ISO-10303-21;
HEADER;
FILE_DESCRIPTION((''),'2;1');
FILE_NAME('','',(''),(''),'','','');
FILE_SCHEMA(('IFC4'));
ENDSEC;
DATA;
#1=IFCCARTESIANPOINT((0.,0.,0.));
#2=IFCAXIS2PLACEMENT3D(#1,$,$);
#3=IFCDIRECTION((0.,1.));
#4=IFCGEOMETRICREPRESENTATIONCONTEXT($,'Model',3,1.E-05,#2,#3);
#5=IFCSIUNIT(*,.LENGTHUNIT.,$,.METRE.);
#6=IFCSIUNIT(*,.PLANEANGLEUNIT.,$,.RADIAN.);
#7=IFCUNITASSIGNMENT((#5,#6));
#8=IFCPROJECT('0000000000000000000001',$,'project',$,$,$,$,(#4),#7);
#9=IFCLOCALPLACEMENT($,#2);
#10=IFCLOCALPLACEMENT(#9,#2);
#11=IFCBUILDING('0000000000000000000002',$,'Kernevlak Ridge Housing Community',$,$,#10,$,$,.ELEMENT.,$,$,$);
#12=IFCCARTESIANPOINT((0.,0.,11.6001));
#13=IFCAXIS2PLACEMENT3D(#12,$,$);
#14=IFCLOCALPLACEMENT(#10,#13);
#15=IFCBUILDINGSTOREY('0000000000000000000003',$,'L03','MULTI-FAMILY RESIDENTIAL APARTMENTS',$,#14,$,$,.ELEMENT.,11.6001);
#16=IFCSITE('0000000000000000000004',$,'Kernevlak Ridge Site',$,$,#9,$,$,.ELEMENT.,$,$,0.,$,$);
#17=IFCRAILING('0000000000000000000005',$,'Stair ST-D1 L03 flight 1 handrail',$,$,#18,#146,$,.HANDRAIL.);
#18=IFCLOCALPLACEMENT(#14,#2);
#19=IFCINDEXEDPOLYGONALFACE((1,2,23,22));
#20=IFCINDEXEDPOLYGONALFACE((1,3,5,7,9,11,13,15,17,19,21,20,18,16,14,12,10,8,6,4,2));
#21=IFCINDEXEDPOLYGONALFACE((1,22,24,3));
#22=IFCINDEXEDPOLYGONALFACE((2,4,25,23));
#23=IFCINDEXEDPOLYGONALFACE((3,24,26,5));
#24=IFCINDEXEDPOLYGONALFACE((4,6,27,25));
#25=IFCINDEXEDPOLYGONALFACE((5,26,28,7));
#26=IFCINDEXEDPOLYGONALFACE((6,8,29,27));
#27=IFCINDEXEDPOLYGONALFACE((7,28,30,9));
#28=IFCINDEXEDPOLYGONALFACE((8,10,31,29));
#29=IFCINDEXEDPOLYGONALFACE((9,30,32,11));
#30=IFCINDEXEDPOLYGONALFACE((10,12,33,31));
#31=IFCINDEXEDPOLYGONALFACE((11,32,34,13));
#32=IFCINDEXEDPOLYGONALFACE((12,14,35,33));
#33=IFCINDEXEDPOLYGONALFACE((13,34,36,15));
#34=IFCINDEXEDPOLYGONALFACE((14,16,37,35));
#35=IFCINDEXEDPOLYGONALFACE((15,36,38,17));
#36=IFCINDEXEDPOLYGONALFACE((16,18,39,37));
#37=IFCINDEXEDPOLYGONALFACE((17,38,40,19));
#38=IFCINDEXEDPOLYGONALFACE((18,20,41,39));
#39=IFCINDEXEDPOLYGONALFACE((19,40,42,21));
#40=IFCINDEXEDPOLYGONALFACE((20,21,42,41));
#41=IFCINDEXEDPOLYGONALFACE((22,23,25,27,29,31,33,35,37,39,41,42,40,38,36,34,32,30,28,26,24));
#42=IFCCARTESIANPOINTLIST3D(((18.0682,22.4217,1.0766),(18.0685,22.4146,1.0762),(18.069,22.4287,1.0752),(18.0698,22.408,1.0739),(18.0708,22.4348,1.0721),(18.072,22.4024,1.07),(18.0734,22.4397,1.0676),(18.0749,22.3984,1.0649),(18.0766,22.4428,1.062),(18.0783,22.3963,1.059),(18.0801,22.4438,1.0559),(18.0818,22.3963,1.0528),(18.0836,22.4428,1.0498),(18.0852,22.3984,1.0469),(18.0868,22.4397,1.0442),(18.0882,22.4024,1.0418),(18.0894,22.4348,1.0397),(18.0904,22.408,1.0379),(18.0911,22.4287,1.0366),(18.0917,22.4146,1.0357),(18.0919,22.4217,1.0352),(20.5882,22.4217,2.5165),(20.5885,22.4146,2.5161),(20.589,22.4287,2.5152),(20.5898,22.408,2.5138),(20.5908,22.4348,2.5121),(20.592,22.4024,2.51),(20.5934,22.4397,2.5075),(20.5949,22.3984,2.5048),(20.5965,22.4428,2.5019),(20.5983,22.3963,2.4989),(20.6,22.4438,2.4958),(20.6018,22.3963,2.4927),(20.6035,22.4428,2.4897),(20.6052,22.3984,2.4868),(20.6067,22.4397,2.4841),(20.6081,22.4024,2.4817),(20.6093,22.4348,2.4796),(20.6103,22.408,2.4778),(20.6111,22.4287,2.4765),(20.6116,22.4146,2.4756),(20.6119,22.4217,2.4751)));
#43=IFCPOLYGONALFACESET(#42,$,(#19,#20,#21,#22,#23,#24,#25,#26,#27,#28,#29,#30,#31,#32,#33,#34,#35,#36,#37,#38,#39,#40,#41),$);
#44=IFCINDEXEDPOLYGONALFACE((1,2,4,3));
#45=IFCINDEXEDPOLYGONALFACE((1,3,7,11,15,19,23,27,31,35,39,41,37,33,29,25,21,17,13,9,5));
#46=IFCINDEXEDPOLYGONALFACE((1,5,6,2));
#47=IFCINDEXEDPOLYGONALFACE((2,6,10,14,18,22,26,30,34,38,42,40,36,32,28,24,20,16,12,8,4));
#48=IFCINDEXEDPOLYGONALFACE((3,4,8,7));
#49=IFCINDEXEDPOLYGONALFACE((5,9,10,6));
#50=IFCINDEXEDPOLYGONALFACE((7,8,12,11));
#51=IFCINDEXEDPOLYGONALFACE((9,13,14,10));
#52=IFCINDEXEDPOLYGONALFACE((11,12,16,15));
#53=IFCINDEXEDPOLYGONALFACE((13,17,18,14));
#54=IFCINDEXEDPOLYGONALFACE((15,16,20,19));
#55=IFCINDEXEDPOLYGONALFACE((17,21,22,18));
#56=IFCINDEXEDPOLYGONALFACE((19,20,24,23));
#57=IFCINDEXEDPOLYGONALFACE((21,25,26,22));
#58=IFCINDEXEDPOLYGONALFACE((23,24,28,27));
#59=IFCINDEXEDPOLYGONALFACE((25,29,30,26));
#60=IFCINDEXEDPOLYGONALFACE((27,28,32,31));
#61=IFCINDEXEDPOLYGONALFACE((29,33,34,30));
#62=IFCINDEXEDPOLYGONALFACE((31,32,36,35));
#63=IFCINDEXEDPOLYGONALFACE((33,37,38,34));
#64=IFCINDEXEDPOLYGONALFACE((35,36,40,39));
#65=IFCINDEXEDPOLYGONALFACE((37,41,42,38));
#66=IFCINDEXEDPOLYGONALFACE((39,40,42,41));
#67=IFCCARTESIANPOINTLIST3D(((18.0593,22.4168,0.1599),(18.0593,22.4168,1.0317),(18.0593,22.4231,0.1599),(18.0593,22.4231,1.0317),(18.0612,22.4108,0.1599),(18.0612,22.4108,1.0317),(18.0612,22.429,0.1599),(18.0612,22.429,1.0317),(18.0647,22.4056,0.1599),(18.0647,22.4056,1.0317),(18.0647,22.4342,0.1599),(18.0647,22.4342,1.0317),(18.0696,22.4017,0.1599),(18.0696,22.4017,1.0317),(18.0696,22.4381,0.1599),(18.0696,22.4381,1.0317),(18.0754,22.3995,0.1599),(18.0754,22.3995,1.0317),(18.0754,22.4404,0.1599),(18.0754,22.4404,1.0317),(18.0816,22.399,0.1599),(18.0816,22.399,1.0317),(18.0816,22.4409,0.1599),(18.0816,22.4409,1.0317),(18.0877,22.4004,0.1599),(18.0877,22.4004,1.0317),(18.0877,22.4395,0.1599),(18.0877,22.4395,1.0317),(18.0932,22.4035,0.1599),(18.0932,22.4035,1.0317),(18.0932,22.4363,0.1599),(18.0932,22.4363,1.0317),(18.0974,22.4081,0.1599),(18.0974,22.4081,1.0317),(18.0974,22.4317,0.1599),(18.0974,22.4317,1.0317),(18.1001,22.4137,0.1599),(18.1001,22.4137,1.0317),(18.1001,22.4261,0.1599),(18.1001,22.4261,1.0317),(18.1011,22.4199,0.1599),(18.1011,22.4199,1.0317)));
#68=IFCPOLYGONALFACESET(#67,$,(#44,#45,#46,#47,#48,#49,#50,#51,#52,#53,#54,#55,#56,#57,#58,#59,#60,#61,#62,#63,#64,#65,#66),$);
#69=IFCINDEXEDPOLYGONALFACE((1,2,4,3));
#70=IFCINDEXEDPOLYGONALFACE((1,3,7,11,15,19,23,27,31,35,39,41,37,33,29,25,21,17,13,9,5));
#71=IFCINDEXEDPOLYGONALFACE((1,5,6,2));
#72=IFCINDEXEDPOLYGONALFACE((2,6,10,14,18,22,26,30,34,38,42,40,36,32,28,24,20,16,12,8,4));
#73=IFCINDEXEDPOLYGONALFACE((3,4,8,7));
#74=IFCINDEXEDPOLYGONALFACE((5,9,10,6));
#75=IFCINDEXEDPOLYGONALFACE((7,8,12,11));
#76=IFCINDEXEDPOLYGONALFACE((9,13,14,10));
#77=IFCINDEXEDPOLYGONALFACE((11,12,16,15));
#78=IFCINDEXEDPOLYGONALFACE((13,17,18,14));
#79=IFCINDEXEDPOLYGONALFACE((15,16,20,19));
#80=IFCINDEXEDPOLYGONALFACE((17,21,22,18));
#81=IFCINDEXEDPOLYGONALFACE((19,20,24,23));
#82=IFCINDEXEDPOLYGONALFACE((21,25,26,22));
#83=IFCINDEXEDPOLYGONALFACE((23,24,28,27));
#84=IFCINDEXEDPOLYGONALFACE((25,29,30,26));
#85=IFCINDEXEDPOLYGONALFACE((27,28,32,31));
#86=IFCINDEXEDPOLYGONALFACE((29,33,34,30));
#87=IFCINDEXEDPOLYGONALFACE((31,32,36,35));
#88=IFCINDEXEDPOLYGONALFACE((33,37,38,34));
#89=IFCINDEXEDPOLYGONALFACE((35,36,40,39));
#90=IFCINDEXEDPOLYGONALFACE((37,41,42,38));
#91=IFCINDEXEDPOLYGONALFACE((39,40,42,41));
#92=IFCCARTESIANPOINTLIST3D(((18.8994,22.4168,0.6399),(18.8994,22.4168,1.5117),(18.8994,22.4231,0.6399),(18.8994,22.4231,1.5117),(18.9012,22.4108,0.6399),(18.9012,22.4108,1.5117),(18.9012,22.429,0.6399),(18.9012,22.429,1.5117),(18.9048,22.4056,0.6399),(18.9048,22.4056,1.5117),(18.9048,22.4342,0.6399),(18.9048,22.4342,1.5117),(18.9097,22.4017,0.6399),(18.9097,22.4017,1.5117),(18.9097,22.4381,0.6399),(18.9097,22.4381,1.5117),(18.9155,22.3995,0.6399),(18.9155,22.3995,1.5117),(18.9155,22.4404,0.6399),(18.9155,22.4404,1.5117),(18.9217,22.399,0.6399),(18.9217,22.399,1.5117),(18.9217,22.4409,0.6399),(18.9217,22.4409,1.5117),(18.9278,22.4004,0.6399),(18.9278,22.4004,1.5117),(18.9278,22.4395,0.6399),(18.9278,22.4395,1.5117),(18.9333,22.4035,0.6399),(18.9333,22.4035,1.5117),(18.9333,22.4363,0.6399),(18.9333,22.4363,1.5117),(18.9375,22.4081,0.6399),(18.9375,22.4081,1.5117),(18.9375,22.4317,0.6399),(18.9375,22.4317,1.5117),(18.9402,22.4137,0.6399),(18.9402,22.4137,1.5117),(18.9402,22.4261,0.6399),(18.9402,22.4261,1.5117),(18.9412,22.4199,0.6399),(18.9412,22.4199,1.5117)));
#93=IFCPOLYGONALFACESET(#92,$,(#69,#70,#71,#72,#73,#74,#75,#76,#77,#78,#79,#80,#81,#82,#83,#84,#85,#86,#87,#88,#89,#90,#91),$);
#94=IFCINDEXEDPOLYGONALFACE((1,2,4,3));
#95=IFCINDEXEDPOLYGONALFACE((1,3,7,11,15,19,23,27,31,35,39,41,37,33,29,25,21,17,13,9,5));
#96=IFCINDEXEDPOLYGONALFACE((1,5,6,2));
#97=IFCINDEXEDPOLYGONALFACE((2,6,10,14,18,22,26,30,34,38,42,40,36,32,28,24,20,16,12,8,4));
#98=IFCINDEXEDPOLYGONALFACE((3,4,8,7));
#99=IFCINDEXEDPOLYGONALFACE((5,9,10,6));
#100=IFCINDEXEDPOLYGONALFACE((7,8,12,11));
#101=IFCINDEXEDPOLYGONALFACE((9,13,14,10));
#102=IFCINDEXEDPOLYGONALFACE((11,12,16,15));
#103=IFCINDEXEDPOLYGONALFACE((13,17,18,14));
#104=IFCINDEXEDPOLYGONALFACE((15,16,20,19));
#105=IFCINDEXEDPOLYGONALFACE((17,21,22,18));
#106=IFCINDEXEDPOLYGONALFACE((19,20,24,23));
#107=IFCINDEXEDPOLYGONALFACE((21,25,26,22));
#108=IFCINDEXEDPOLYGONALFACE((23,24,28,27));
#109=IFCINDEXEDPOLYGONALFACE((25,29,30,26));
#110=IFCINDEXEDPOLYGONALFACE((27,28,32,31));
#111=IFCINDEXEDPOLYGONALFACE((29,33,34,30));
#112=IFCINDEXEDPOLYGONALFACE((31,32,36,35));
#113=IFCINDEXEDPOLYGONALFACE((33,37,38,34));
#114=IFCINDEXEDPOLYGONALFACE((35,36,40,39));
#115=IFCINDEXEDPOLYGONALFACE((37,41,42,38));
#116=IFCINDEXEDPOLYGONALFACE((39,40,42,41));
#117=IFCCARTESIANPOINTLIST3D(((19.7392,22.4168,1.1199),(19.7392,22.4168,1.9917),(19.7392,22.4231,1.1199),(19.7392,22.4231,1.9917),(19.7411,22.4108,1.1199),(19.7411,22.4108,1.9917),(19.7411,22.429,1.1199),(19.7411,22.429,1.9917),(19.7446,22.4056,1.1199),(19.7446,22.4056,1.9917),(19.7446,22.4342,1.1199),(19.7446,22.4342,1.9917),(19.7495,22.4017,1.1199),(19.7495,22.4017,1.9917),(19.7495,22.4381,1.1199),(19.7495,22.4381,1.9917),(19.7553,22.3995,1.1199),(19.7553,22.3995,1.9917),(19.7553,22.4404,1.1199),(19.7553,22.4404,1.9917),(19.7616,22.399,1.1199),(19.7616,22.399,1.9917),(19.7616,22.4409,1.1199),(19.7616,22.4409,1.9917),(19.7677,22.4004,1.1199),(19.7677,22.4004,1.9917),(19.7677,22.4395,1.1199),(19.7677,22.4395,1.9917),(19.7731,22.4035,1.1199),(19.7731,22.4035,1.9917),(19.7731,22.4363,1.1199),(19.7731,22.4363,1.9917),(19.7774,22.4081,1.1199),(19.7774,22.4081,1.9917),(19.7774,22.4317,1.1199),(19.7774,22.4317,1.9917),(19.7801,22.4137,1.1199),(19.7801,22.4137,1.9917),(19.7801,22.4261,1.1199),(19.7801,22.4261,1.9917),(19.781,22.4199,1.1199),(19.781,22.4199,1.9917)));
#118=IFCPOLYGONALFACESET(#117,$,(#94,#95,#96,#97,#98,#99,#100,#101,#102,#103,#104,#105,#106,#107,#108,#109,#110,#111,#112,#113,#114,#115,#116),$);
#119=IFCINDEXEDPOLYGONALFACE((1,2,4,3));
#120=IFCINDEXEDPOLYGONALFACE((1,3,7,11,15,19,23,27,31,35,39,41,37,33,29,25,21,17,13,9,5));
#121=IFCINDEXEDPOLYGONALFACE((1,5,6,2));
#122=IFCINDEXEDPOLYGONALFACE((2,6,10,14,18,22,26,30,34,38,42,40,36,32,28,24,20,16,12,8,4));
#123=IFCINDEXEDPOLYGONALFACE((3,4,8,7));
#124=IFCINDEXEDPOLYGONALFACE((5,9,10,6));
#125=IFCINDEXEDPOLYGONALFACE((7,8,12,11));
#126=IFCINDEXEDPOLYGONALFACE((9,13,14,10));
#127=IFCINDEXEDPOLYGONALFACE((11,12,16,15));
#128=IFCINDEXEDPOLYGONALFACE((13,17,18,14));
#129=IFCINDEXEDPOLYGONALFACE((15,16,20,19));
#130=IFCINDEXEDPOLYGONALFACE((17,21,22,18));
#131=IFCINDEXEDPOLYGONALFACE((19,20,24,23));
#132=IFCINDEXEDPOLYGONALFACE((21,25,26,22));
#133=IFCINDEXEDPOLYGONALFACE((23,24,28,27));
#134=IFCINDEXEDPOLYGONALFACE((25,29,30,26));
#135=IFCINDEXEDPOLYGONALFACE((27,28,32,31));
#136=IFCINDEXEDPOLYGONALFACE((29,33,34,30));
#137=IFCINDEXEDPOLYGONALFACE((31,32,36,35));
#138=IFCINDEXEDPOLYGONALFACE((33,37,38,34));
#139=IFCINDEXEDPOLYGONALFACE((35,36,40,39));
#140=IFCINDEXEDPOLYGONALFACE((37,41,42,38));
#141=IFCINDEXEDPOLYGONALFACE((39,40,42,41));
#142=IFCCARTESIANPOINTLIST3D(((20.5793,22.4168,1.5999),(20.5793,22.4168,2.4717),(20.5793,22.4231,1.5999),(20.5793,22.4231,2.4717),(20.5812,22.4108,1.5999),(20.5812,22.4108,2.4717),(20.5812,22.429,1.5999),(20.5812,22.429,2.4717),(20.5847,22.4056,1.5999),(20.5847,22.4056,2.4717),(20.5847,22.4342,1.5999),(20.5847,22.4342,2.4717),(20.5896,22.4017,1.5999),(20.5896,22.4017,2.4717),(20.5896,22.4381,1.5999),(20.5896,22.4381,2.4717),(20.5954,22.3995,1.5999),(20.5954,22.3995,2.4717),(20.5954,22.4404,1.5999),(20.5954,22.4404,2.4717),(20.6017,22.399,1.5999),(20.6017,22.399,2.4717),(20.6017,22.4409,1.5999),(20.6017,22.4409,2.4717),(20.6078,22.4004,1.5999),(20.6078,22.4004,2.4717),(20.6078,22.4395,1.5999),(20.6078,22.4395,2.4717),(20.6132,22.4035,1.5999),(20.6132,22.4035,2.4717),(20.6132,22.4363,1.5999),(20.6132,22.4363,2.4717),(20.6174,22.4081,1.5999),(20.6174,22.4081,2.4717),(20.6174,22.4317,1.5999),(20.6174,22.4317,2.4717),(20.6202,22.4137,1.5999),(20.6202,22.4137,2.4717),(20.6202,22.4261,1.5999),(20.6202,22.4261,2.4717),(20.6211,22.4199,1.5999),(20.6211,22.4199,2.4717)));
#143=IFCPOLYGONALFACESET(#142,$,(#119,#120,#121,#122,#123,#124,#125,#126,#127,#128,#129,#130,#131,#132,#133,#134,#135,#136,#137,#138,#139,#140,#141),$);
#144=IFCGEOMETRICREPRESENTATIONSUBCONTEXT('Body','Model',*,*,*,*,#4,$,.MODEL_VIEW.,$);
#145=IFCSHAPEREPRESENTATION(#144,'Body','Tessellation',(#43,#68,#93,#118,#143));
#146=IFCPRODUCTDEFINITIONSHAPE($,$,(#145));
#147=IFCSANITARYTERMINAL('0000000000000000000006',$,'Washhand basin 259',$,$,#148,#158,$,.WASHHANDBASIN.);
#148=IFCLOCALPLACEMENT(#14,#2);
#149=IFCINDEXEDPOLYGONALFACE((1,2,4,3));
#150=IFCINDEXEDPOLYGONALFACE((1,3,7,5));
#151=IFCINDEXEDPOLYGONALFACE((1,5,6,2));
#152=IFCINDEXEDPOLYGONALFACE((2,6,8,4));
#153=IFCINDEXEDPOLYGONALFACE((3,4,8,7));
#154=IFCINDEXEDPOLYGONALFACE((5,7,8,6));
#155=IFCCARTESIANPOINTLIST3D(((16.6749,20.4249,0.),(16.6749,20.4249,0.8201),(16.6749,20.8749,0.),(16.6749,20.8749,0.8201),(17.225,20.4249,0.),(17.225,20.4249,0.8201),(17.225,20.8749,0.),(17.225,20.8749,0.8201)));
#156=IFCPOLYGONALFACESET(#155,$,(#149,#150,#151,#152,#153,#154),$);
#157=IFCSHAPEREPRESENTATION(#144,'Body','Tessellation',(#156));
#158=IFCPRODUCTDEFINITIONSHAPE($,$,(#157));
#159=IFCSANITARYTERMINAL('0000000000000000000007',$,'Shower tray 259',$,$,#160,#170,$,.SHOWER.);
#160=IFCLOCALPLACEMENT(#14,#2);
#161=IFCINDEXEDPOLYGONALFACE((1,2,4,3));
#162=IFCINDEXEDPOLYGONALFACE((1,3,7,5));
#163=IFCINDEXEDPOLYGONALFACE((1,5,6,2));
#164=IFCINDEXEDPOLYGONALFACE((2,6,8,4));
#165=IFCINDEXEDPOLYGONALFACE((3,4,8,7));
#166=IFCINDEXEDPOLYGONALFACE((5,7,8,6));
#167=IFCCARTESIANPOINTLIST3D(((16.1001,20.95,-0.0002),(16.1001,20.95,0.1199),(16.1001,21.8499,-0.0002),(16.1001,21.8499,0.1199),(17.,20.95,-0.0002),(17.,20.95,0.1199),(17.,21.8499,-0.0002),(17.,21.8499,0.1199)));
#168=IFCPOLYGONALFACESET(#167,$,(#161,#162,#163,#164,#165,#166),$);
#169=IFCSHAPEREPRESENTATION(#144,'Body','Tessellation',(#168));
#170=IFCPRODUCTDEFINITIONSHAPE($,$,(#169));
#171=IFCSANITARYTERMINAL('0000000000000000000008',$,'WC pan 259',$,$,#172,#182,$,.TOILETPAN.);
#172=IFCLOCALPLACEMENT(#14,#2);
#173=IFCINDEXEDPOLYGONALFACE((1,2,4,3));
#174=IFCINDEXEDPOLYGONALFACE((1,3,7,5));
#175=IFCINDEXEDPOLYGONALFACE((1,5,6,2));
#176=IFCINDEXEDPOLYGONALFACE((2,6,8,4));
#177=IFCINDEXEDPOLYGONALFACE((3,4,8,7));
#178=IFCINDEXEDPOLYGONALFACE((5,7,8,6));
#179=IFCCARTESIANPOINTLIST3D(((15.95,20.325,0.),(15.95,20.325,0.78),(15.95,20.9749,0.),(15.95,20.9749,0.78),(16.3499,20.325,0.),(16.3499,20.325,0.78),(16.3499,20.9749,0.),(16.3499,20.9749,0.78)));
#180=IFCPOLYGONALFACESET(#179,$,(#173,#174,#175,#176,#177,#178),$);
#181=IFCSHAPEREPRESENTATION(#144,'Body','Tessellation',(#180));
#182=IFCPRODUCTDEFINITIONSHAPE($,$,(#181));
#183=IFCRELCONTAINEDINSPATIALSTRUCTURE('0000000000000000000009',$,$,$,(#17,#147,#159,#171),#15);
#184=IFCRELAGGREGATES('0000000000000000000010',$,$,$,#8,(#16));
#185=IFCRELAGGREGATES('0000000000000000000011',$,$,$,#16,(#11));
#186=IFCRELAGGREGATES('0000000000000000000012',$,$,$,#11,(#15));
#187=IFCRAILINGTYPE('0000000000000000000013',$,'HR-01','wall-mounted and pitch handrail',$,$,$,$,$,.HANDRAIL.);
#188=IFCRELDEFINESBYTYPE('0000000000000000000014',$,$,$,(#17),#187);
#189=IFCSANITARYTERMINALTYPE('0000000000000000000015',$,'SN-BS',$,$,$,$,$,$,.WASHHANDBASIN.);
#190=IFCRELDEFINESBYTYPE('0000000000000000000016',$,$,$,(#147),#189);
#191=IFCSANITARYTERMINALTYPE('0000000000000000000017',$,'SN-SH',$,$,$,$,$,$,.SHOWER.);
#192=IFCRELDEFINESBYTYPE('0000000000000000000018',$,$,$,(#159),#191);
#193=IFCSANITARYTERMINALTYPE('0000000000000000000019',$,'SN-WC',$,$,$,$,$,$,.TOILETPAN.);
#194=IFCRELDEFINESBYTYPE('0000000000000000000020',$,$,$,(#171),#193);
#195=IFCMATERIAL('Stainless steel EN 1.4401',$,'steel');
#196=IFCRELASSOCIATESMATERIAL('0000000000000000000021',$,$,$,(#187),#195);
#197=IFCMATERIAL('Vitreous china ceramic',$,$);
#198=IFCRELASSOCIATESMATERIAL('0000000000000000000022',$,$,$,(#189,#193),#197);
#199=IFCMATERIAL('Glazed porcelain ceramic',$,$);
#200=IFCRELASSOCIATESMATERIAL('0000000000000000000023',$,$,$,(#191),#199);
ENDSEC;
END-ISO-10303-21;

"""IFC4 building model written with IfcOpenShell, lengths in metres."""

from ifc_helpers import new_model, si_unit, direction, frame, origin, origin_2d, place, context, subcontext, project, spatial, rectangle, circle, extrude, material, type_object, element, save


model = new_model("IFC4")

# Units and contexts
model_context = context("Model", 3, precision=1e-05, world=origin(), true_north=direction((0.0, 1.0)))
body_context = subcontext(model_context, "Body", "Model", "MODEL_VIEW")
ifc_project = project(units=[si_unit("LENGTHUNIT", "METRE"), si_unit("PLANEANGLEUNIT", "RADIAN")], contexts=[model_context])

# Site, building, storey
site_placement = place(None, origin())
site = spatial("IfcSite", under=ifc_project, at=site_placement, Name="Kernevlak Ridge Site", CompositionType="ELEMENT", RefElevation=0.0)
building_placement = place(site_placement, origin())
building = spatial("IfcBuilding", under=site, at=building_placement, Name="Kernevlak Ridge Housing Community", CompositionType="ELEMENT")
storey_placement = place(building_placement, frame((0.0, 0.0, 11.6001)))
storey = spatial("IfcBuildingStorey", under=building, at=storey_placement, Name="L03", Description="MULTI-FAMILY RESIDENTIAL APARTMENTS", CompositionType="ELEMENT", Elevation=11.6001)

# Railing
ifc_material_1 = material(Name="Stainless steel EN 1.4401", Category="steel")
railing_type_1 = type_object("IfcRailingType", Name="HR-01", Description="wall-mounted and pitch handrail", PredefinedType="HANDRAIL", material=ifc_material_1)
railing_1_placement = place(storey_placement, frame((18.0801, 22.4199, 0.1599)))
element("IfcRailing", 1, at=railing_1_placement, inside=storey, type_object=railing_type_1, Name="Stair ST-D1 L03 flight 1 handrail", PredefinedType="HANDRAIL", context=body_context, shape_type="SweptSolid", body=[
    extrude(circle(Radius=0.0239, at=origin_2d()), frame((0.0, 0.0, 0.896), z_axis=(0.868253, 0.0, 0.496121), x_axis=(0.0, 1.0, 0.0)), (0.0, 0.0, 1.0), 2.9023),
    extrude(circle(Radius=0.021, at=origin_2d()), origin(), (0.0, 0.0, 1.0), 0.8718),
    extrude(circle(Radius=0.021, at=origin_2d()), frame((0.8401, 0.0, 0.48)), (0.0, 0.0, 1.0), 0.8718),
    extrude(circle(Radius=0.021, at=origin_2d()), frame((1.6799, 0.0, 0.96)), (0.0, 0.0, 1.0), 0.8718),
    extrude(circle(Radius=0.021, at=origin_2d()), frame((2.52, 0.0, 1.4399)), (0.0, 0.0, 1.0), 0.8718),
])

# Sanitary terminals
ifc_material_2 = material(Name="Vitreous china ceramic")
sanitary_terminal_type_1 = type_object("IfcSanitaryTerminalType", Name="SN-BS", PredefinedType="WASHHANDBASIN", material=ifc_material_2)
sanitary_terminal_1_placement = place(storey_placement, frame((16.95, 20.6499, 0.0), z_axis=(0.0, 0.0, 1.0), x_axis=(1.0, 0.0, 0.0)))
element("IfcSanitaryTerminal", 2, at=sanitary_terminal_1_placement, inside=storey, type_object=sanitary_terminal_type_1, Name="Washhand basin 259", PredefinedType="WASHHANDBASIN", context=body_context, shape_type="SweptSolid", body=[
    extrude(rectangle(XDim=0.55, YDim=0.45, at=origin_2d()), origin(), (0.0, 0.0, 1.0), 0.8201),
])
ifc_material_3 = material(Name="Glazed porcelain ceramic")
sanitary_terminal_type_2 = type_object("IfcSanitaryTerminalType", Name="SN-SH", PredefinedType="SHOWER", material=ifc_material_3)
sanitary_terminal_2_placement = place(storey_placement, frame((16.55, 21.3999, -0.0002), z_axis=(0.0, 0.0, 1.0), x_axis=(1.0, 0.0, 0.0)))
element("IfcSanitaryTerminal", 3, at=sanitary_terminal_2_placement, inside=storey, type_object=sanitary_terminal_type_2, Name="Shower tray 259", PredefinedType="SHOWER", context=body_context, shape_type="SweptSolid", body=[
    extrude(rectangle(XDim=0.8999, YDim=0.8999, at=origin_2d()), origin(), (0.0, 0.0, 1.0), 0.1201),
])
sanitary_terminal_type_3 = type_object("IfcSanitaryTerminalType", Name="SN-WC", PredefinedType="TOILETPAN", material=ifc_material_2)
sanitary_terminal_3_placement = place(storey_placement, frame((16.1499, 20.6499, 0.0), z_axis=(0.0, 0.0, 1.0), x_axis=(1.0, 0.0, 0.0)))
element("IfcSanitaryTerminal", 4, at=sanitary_terminal_3_placement, inside=storey, type_object=sanitary_terminal_type_3, Name="WC pan 259", PredefinedType="TOILETPAN", context=body_context, shape_type="SweptSolid", body=[
    extrude(rectangle(XDim=0.3999, YDim=0.6499, at=origin_2d()), origin(), (0.0, 0.0, 1.0), 0.78),
])

save(model, "model.ifc")
